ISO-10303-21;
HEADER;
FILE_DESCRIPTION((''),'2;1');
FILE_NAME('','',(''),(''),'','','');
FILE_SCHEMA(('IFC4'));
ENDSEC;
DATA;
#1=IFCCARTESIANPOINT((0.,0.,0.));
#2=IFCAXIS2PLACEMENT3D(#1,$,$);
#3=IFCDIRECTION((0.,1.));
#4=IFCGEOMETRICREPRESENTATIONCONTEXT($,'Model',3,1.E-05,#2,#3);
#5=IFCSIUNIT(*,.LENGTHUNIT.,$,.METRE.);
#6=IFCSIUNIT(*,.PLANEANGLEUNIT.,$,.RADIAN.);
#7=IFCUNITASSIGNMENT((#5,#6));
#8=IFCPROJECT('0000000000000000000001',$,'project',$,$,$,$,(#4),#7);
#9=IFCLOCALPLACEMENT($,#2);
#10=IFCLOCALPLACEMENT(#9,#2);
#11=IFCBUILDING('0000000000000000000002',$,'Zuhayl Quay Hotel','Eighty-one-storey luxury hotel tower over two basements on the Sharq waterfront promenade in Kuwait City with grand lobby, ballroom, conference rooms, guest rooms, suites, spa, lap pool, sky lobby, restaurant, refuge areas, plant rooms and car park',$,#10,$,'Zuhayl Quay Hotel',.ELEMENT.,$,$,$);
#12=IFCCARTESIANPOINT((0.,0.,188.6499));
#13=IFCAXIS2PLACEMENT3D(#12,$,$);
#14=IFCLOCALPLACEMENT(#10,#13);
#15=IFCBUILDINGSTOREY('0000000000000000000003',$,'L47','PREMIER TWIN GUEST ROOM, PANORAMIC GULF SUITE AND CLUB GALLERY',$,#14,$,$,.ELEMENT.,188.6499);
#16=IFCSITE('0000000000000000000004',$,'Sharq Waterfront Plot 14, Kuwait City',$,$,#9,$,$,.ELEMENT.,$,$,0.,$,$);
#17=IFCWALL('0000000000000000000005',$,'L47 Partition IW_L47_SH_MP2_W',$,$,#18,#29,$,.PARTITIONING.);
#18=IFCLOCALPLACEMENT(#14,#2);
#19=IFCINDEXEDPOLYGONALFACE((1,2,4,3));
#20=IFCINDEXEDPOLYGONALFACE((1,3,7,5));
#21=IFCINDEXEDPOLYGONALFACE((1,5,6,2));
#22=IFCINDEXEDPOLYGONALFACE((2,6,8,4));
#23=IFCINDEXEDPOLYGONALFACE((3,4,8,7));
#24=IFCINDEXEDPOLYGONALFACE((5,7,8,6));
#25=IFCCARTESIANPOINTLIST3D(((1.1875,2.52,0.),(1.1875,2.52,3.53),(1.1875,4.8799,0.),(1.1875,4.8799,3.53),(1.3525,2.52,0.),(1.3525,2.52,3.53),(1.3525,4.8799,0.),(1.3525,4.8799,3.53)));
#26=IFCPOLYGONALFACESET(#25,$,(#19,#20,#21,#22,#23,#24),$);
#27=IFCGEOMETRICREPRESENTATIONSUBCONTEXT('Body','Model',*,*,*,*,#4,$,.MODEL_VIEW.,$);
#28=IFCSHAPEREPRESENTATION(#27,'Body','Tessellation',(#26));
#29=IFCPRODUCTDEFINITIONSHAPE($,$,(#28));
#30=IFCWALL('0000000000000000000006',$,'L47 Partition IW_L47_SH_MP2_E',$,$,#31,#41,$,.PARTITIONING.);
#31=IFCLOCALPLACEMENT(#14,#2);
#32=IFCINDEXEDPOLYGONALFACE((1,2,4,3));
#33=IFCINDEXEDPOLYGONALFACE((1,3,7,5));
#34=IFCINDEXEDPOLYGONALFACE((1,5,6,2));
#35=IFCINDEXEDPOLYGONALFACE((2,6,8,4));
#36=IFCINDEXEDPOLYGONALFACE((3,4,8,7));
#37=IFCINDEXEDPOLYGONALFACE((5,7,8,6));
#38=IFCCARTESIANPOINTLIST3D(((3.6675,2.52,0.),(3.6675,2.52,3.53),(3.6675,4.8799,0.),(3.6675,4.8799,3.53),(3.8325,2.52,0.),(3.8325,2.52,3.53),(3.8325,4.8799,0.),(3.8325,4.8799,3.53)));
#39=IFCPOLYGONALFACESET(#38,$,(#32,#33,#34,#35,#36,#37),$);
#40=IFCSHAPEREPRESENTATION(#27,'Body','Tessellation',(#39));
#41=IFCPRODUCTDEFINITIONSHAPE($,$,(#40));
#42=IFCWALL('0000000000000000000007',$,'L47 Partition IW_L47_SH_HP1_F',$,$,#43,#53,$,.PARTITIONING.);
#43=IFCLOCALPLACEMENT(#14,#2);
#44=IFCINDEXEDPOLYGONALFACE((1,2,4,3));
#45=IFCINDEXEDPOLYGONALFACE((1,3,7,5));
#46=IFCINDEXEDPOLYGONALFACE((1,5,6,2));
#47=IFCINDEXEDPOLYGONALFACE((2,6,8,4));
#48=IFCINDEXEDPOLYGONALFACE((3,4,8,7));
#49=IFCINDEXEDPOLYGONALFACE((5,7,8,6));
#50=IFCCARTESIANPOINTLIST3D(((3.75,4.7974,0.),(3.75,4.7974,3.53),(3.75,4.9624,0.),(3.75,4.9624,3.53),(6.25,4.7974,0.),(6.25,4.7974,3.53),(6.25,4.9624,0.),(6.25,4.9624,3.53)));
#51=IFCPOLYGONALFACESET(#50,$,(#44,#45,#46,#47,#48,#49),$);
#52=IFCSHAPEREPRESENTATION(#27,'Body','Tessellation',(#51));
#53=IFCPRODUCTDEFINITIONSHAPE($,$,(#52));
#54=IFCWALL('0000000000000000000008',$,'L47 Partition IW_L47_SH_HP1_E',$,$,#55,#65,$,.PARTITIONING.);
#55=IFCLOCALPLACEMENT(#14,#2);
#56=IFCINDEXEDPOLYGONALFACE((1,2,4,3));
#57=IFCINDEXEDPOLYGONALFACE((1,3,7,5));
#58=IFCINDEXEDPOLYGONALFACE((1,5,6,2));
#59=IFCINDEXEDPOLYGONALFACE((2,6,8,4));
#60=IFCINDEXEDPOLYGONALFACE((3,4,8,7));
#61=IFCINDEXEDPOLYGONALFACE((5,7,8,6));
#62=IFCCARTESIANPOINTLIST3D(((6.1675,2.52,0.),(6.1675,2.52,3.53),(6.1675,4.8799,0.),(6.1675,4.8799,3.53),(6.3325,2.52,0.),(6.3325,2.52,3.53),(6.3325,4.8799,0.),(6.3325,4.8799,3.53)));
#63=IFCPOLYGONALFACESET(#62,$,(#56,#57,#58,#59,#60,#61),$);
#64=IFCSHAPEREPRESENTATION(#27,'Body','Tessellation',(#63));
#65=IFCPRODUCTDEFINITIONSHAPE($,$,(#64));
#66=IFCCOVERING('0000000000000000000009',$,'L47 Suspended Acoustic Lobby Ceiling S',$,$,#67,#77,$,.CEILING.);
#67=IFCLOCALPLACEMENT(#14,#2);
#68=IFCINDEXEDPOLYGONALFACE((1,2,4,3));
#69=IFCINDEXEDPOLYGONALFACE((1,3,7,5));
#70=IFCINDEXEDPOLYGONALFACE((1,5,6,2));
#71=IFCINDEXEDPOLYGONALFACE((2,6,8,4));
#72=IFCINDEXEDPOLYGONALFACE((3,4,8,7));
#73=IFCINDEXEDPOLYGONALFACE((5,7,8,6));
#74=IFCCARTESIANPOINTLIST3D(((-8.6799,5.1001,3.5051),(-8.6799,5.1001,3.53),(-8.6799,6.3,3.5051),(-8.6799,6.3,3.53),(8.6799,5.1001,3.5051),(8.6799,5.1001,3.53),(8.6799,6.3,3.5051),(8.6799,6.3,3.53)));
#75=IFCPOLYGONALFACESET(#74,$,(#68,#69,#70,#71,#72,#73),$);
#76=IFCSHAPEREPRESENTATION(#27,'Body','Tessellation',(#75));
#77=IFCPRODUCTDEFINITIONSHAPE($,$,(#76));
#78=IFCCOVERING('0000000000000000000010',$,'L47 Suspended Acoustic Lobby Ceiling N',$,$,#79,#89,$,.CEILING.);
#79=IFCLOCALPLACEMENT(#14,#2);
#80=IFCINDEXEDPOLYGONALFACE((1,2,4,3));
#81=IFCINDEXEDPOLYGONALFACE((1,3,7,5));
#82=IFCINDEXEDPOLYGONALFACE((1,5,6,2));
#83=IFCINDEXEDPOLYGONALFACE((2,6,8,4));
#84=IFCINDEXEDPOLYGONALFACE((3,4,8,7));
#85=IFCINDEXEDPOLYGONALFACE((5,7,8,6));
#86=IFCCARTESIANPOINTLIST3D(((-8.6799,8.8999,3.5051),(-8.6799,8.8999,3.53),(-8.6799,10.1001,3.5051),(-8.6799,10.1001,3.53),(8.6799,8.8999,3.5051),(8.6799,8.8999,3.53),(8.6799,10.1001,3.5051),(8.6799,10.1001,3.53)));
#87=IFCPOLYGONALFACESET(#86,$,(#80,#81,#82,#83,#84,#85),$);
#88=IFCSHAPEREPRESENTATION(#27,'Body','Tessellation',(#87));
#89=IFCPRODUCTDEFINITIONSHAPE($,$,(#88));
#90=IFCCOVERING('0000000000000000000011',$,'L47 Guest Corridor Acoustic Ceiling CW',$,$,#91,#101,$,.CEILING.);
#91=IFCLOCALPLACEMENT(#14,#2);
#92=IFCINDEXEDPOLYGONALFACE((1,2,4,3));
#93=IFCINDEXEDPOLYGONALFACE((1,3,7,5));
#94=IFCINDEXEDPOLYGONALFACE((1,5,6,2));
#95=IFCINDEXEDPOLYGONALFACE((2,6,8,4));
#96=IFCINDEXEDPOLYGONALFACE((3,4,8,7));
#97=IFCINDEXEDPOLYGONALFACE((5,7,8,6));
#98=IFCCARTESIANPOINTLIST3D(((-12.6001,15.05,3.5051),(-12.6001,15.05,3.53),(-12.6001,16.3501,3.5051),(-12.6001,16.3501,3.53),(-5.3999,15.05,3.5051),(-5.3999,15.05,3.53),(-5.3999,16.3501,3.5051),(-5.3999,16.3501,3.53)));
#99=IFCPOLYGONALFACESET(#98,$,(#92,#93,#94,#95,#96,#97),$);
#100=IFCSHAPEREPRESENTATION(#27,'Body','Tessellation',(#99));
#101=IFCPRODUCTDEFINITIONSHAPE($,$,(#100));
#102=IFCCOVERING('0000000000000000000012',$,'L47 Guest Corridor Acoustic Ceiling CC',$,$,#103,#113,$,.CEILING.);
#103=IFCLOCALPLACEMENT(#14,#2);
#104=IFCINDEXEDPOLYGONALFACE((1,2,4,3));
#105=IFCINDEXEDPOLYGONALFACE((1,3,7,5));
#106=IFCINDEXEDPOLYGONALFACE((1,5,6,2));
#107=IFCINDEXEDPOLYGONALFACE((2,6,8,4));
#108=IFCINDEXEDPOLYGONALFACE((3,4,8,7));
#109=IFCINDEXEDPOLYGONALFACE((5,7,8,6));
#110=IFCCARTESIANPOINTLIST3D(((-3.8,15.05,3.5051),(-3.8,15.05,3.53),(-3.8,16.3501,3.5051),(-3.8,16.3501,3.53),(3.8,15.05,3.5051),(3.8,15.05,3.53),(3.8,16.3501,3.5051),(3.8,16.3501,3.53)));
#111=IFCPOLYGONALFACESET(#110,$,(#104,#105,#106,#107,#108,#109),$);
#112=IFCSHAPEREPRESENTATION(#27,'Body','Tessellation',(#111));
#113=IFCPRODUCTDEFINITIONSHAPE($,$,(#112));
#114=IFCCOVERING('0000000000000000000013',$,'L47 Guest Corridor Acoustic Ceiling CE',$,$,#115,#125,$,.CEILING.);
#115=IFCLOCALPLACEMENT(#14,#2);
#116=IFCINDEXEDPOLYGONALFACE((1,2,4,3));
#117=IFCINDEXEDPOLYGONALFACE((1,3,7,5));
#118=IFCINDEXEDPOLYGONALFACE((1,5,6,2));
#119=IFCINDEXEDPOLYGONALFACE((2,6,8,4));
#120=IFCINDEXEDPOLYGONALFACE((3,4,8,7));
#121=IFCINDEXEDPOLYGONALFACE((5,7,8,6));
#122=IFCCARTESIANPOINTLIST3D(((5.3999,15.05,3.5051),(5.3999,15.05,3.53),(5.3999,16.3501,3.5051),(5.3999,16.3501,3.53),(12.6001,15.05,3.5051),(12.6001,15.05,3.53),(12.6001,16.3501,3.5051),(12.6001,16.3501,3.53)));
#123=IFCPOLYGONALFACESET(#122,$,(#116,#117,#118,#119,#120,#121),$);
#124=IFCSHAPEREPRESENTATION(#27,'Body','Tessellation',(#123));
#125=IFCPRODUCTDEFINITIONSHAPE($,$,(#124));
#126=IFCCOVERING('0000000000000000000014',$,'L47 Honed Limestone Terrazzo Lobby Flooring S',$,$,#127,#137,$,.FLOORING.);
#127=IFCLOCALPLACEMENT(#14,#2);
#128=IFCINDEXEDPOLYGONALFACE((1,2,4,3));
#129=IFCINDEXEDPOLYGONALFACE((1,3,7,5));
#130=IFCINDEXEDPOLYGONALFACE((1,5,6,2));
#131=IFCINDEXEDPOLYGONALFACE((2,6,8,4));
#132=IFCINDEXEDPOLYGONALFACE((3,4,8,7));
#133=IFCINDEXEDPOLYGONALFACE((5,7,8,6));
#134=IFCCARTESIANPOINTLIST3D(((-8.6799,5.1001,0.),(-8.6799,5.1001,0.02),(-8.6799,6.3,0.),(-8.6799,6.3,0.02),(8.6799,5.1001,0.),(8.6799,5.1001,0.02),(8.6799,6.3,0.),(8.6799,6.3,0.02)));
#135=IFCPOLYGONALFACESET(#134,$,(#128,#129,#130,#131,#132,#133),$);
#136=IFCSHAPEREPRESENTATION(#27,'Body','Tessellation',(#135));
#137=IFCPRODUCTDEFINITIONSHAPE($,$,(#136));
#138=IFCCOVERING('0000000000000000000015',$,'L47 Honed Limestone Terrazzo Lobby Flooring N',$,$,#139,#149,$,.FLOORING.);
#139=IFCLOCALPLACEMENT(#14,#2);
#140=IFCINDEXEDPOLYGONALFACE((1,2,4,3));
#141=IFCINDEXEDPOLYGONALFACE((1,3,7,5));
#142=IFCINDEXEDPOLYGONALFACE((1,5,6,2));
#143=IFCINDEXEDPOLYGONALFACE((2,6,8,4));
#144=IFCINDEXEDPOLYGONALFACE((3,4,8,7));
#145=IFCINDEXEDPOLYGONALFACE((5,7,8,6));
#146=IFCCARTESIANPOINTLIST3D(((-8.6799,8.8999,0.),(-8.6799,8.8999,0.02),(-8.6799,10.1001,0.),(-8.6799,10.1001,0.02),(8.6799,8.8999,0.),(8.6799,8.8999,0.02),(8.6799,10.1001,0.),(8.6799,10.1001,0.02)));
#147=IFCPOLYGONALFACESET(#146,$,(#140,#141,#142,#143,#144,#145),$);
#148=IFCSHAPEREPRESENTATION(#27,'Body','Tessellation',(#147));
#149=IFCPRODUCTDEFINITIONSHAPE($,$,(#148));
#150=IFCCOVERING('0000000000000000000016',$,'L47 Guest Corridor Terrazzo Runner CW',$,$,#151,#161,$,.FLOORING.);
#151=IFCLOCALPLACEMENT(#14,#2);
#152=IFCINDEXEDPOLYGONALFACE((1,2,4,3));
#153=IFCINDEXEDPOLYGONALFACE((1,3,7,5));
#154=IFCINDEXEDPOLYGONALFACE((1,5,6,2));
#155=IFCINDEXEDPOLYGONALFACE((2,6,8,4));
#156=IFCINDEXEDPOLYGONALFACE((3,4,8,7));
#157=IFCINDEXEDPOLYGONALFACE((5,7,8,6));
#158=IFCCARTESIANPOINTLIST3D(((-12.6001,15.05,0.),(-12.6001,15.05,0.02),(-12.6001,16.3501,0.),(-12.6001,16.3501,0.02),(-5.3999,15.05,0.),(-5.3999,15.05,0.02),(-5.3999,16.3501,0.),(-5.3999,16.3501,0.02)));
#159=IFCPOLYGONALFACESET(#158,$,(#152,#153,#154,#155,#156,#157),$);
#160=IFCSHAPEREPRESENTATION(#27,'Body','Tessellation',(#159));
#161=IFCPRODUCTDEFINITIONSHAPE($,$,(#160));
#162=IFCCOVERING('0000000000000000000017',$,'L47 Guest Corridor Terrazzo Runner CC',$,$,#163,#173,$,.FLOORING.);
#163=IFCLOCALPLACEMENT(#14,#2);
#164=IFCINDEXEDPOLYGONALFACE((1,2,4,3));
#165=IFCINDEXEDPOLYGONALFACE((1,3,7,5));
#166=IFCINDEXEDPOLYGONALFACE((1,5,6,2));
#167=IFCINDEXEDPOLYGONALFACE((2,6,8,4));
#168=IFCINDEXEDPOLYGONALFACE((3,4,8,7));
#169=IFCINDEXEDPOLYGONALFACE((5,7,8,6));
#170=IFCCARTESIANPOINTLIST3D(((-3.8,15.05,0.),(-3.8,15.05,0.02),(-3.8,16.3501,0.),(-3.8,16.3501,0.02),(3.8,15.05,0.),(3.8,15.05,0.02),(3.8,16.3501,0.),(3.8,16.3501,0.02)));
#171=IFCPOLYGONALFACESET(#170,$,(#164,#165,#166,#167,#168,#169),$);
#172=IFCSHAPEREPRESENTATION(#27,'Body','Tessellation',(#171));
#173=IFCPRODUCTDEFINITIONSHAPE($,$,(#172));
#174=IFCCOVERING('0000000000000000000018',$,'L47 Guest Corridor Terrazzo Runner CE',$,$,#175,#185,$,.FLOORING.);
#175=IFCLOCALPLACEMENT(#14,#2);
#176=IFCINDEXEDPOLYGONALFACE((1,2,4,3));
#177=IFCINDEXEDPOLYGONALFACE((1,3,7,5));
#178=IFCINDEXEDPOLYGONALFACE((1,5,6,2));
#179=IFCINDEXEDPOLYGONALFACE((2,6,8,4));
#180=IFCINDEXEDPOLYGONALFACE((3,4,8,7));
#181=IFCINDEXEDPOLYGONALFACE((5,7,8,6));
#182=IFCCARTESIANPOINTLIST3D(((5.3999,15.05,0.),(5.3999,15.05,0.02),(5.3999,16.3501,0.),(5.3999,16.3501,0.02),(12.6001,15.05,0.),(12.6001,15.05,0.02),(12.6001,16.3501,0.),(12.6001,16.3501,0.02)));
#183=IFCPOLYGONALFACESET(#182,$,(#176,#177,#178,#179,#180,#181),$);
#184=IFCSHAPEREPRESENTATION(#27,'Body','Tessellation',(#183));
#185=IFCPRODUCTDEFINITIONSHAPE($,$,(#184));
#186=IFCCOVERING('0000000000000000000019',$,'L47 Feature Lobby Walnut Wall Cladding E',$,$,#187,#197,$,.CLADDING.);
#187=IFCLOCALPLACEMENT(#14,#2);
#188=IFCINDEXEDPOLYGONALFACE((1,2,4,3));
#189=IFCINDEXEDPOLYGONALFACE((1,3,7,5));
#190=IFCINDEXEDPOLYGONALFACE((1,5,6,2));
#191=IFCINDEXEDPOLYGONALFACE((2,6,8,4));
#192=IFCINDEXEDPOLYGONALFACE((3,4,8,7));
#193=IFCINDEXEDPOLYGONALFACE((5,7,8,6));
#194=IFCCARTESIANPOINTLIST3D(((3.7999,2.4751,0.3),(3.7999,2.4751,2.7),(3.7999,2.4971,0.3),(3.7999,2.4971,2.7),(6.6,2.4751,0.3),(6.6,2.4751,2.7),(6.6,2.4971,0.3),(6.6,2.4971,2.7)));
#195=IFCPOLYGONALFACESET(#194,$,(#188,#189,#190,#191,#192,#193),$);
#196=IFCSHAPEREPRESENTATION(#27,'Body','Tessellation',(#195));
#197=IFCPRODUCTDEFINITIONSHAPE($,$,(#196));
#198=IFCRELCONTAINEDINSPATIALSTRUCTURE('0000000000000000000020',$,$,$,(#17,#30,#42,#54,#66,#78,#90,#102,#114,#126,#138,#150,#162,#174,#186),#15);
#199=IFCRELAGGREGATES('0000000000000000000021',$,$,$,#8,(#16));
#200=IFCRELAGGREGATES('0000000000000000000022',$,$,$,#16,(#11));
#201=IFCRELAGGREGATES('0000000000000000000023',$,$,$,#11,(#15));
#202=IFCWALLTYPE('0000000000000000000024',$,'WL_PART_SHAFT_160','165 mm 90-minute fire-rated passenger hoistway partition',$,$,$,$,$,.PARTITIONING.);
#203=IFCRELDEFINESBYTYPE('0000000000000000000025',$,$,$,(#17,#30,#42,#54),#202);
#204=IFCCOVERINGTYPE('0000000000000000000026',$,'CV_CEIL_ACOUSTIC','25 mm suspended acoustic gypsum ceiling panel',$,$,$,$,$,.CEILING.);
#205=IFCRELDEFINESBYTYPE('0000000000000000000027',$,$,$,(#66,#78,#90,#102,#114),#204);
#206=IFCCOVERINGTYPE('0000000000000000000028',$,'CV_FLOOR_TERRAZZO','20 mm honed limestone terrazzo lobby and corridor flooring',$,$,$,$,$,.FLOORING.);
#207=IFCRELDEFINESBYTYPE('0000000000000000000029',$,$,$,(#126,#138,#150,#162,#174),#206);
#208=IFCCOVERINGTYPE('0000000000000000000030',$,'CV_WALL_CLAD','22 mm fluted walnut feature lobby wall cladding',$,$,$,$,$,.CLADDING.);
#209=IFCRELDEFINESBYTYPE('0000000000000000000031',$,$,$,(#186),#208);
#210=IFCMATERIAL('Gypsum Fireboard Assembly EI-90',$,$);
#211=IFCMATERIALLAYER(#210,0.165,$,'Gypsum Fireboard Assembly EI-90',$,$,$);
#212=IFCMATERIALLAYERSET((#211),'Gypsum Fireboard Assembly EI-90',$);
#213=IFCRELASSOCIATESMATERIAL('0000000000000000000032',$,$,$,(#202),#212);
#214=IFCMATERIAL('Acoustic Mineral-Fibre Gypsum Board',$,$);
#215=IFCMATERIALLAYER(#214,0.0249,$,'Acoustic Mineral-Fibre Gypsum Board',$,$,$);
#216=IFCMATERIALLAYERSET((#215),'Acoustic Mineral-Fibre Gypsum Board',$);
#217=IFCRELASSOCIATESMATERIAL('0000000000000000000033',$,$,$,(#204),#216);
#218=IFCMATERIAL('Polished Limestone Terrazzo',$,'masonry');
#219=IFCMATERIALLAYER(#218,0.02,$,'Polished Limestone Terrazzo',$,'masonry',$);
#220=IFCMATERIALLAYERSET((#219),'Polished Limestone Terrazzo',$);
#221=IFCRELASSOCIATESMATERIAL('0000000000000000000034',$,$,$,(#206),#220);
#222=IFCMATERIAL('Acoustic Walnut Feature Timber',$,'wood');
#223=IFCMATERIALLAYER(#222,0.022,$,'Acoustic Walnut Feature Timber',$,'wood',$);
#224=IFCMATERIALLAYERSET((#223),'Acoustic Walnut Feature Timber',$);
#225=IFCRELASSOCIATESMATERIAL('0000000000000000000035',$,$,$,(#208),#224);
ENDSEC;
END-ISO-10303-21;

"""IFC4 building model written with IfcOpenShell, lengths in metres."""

from ifc_helpers import new_model, si_unit, direction, frame, frame_2d, origin, origin_2d, place, context, subcontext, project, spatial, polyline, rectangle, outline, extrude, material, layer, layer_set, type_object, element, save


model = new_model("IFC4")

# Units and contexts
model_context = context("Model", 3, precision=1e-05, world=origin(), true_north=direction((0.0, 1.0)))
body_context = subcontext(model_context, "Body", "Model", "MODEL_VIEW")
ifc_project = project(units=[si_unit("LENGTHUNIT", "METRE"), si_unit("PLANEANGLEUNIT", "RADIAN")], contexts=[model_context])

# Site, building, storey
site_placement = place(None, origin())
site = spatial("IfcSite", under=ifc_project, at=site_placement, Name="Sharq Waterfront Plot 14, Kuwait City", CompositionType="ELEMENT", RefElevation=0.0)
building_placement = place(site_placement, origin())
building = spatial("IfcBuilding", under=site, at=building_placement, Name="Zuhayl Quay Hotel", Description="Eighty-one-storey luxury hotel tower over two basements on the Sharq waterfront promenade in Kuwait City with grand lobby, ballroom, conference rooms, guest rooms, suites, spa, lap pool, sky lobby, restaurant, refuge areas, plant rooms and car park", LongName="Zuhayl Quay Hotel", CompositionType="ELEMENT")
storey_placement = place(building_placement, frame((0.0, 0.0, 188.6499)))
storey = spatial("IfcBuildingStorey", under=building, at=storey_placement, Name="L47", Description="PREMIER TWIN GUEST ROOM, PANORAMIC GULF SUITE AND CLUB GALLERY", CompositionType="ELEMENT", Elevation=188.6499)

# Shared definitions
ifc_material_1 = material(Name="Gypsum Fireboard Assembly EI-90")
ifc_layer_1 = layer(ifc_material_1, 0.165, Name="Gypsum Fireboard Assembly EI-90")
ifc_layer_set_1 = layer_set([ifc_layer_1], Name="Gypsum Fireboard Assembly EI-90")
wall_type_1 = type_object("IfcWallType", Name="WL_PART_SHAFT_160", Description="165 mm 90-minute fire-rated passenger hoistway partition", PredefinedType="PARTITIONING", material=ifc_layer_set_1)

# Walls
for number, where, z_axis, x_axis, name in (
    (1, (1.27, 2.52, 0.0), (0.0, 0.0, 1.0), (0.0, 1.0, 0.0), "L47 Partition IW_L47_SH_MP2_W"),
    (2, (3.75, 2.52, 0.0), (0.0, 0.0, 1.0), (0.0, 1.0, 0.0), "L47 Partition IW_L47_SH_MP2_E"),
):
    element("IfcWall", number, at=place(storey_placement, frame(where, z_axis=z_axis, x_axis=x_axis)), inside=storey, type_object=wall_type_1, Name=name, PredefinedType="PARTITIONING", context=body_context, shape_type="SweptSolid", body=[
        extrude(rectangle(XDim=2.3599, YDim=0.165, at=frame_2d((1.1799, 0.0))), origin(), (0.0, 0.0, 1.0), 3.53),
    ])
wall_1_placement = place(storey_placement, frame((3.75, 4.8799, 0.0), z_axis=(0.0, 0.0, 1.0), x_axis=(1.0, 0.0, 0.0)))
element("IfcWall", 3, at=wall_1_placement, inside=storey, type_object=wall_type_1, Name="L47 Partition IW_L47_SH_HP1_F", PredefinedType="PARTITIONING", context=body_context, shape_type="SweptSolid", body=[
    extrude(rectangle(XDim=2.5, YDim=0.165, at=frame_2d((1.25, 0.0))), origin(), (0.0, 0.0, 1.0), 3.53),
])
wall_2_placement = place(storey_placement, frame((6.25, 2.52, 0.0), z_axis=(0.0, 0.0, 1.0), x_axis=(0.0, 1.0, 0.0)))
element("IfcWall", 4, at=wall_2_placement, inside=storey, type_object=wall_type_1, Name="L47 Partition IW_L47_SH_HP1_E", PredefinedType="PARTITIONING", context=body_context, shape_type="SweptSolid", body=[
    extrude(rectangle(XDim=2.3599, YDim=0.165, at=frame_2d((1.1799, 0.0))), origin(), (0.0, 0.0, 1.0), 3.53),
])

# Coverings
ifc_material_2 = material(Name="Acoustic Mineral-Fibre Gypsum Board")
ifc_layer_2 = layer(ifc_material_2, 0.0249, Name="Acoustic Mineral-Fibre Gypsum Board")
ifc_layer_set_2 = layer_set([ifc_layer_2], Name="Acoustic Mineral-Fibre Gypsum Board")
covering_type_1 = type_object("IfcCoveringType", Name="CV_CEIL_ACOUSTIC", Description="25 mm suspended acoustic gypsum ceiling panel", PredefinedType="CEILING", material=ifc_layer_set_2)
covering_1_placement = place(storey_placement, frame((0.0, 0.0, 3.5051)))
element("IfcCovering", 5, at=covering_1_placement, inside=storey, type_object=covering_type_1, Name="L47 Suspended Acoustic Lobby Ceiling S", PredefinedType="CEILING", context=body_context, shape_type="SweptSolid", body=[
    extrude(outline(polyline([(-8.6799, 5.1001), (8.6799, 5.1001), (8.6799, 6.3), (-8.6799, 6.3), (-8.6799, 5.1001)])), origin(), (0.0, 0.0, 1.0), 0.0249),
])
covering_2_placement = place(storey_placement, frame((0.0, 0.0, 3.5051)))
element("IfcCovering", 6, at=covering_2_placement, inside=storey, type_object=covering_type_1, Name="L47 Suspended Acoustic Lobby Ceiling N", PredefinedType="CEILING", context=body_context, shape_type="SweptSolid", body=[
    extrude(outline(polyline([(-8.6799, 8.8999), (8.6799, 8.8999), (8.6799, 10.1001), (-8.6799, 10.1001), (-8.6799, 8.8999)])), origin(), (0.0, 0.0, 1.0), 0.0249),
])
covering_3_placement = place(storey_placement, frame((0.0, 0.0, 3.5051)))
element("IfcCovering", 7, at=covering_3_placement, inside=storey, type_object=covering_type_1, Name="L47 Guest Corridor Acoustic Ceiling CW", PredefinedType="CEILING", context=body_context, shape_type="SweptSolid", body=[
    extrude(outline(polyline([(-12.6001, 15.05), (-5.3999, 15.05), (-5.3999, 16.3501), (-12.6001, 16.3501), (-12.6001, 15.05)])), origin(), (0.0, 0.0, 1.0), 0.0249),
])
covering_4_placement = place(storey_placement, frame((0.0, 0.0, 3.5051)))
element("IfcCovering", 8, at=covering_4_placement, inside=storey, type_object=covering_type_1, Name="L47 Guest Corridor Acoustic Ceiling CC", PredefinedType="CEILING", context=body_context, shape_type="SweptSolid", body=[
    extrude(outline(polyline([(-3.8, 15.05), (3.8, 15.05), (3.8, 16.3501), (-3.8, 16.3501), (-3.8, 15.05)])), origin(), (0.0, 0.0, 1.0), 0.0249),
])
covering_5_placement = place(storey_placement, frame((0.0, 0.0, 3.5051)))
element("IfcCovering", 9, at=covering_5_placement, inside=storey, type_object=covering_type_1, Name="L47 Guest Corridor Acoustic Ceiling CE", PredefinedType="CEILING", context=body_context, shape_type="SweptSolid", body=[
    extrude(outline(polyline([(5.3999, 15.05), (12.6001, 15.05), (12.6001, 16.3501), (5.3999, 16.3501), (5.3999, 15.05)])), origin(), (0.0, 0.0, 1.0), 0.0249),
])
ifc_material_3 = material(Name="Polished Limestone Terrazzo", Category="masonry")
ifc_layer_3 = layer(ifc_material_3, 0.02, Name="Polished Limestone Terrazzo", Category="masonry")
ifc_layer_set_3 = layer_set([ifc_layer_3], Name="Polished Limestone Terrazzo")
covering_type_2 = type_object("IfcCoveringType", Name="CV_FLOOR_TERRAZZO", Description="20 mm honed limestone terrazzo lobby and corridor flooring", PredefinedType="FLOORING", material=ifc_layer_set_3)
covering_6_placement = place(storey_placement, origin())
element("IfcCovering", 10, at=covering_6_placement, inside=storey, type_object=covering_type_2, Name="L47 Honed Limestone Terrazzo Lobby Flooring S", PredefinedType="FLOORING", context=body_context, shape_type="SweptSolid", body=[
    extrude(outline(polyline([(-8.6799, 5.1001), (8.6799, 5.1001), (8.6799, 6.3), (-8.6799, 6.3), (-8.6799, 5.1001)])), origin(), (0.0, 0.0, 1.0), 0.02),
])
covering_7_placement = place(storey_placement, origin())
element("IfcCovering", 11, at=covering_7_placement, inside=storey, type_object=covering_type_2, Name="L47 Honed Limestone Terrazzo Lobby Flooring N", PredefinedType="FLOORING", context=body_context, shape_type="SweptSolid", body=[
    extrude(outline(polyline([(-8.6799, 8.8999), (8.6799, 8.8999), (8.6799, 10.1001), (-8.6799, 10.1001), (-8.6799, 8.8999)])), origin(), (0.0, 0.0, 1.0), 0.02),
])
covering_8_placement = place(storey_placement, origin())
element("IfcCovering", 12, at=covering_8_placement, inside=storey, type_object=covering_type_2, Name="L47 Guest Corridor Terrazzo Runner CW", PredefinedType="FLOORING", context=body_context, shape_type="SweptSolid", body=[
    extrude(outline(polyline([(-12.6001, 15.05), (-5.3999, 15.05), (-5.3999, 16.3501), (-12.6001, 16.3501), (-12.6001, 15.05)])), origin(), (0.0, 0.0, 1.0), 0.02),
])
covering_9_placement = place(storey_placement, origin())
element("IfcCovering", 13, at=covering_9_placement, inside=storey, type_object=covering_type_2, Name="L47 Guest Corridor Terrazzo Runner CC", PredefinedType="FLOORING", context=body_context, shape_type="SweptSolid", body=[
    extrude(outline(polyline([(-3.8, 15.05), (3.8, 15.05), (3.8, 16.3501), (-3.8, 16.3501), (-3.8, 15.05)])), origin(), (0.0, 0.0, 1.0), 0.02),
])
covering_10_placement = place(storey_placement, origin())
element("IfcCovering", 14, at=covering_10_placement, inside=storey, type_object=covering_type_2, Name="L47 Guest Corridor Terrazzo Runner CE", PredefinedType="FLOORING", context=body_context, shape_type="SweptSolid", body=[
    extrude(outline(polyline([(5.3999, 15.05), (12.6001, 15.05), (12.6001, 16.3501), (5.3999, 16.3501), (5.3999, 15.05)])), origin(), (0.0, 0.0, 1.0), 0.02),
])
ifc_material_4 = material(Name="Acoustic Walnut Feature Timber", Category="wood")
ifc_layer_4 = layer(ifc_material_4, 0.022, Name="Acoustic Walnut Feature Timber", Category="wood")
ifc_layer_set_4 = layer_set([ifc_layer_4], Name="Acoustic Walnut Feature Timber")
covering_type_3 = type_object("IfcCoveringType", Name="CV_WALL_CLAD", Description="22 mm fluted walnut feature lobby wall cladding", PredefinedType="CLADDING", material=ifc_layer_set_4)
covering_11_placement = place(storey_placement, frame((5.2, 2.4861, 0.3), z_axis=(0.0, 0.0, 1.0), x_axis=(1.0, 0.0, 0.0)))
element("IfcCovering", 15, at=covering_11_placement, inside=storey, type_object=covering_type_3, Name="L47 Feature Lobby Walnut Wall Cladding E", PredefinedType="CLADDING", context=body_context, shape_type="SweptSolid", body=[
    extrude(rectangle(XDim=2.8, YDim=0.022, at=origin_2d()), origin(), (0.0, 0.0, 1.0), 2.3999),
])

save(model, "model.ifc")
